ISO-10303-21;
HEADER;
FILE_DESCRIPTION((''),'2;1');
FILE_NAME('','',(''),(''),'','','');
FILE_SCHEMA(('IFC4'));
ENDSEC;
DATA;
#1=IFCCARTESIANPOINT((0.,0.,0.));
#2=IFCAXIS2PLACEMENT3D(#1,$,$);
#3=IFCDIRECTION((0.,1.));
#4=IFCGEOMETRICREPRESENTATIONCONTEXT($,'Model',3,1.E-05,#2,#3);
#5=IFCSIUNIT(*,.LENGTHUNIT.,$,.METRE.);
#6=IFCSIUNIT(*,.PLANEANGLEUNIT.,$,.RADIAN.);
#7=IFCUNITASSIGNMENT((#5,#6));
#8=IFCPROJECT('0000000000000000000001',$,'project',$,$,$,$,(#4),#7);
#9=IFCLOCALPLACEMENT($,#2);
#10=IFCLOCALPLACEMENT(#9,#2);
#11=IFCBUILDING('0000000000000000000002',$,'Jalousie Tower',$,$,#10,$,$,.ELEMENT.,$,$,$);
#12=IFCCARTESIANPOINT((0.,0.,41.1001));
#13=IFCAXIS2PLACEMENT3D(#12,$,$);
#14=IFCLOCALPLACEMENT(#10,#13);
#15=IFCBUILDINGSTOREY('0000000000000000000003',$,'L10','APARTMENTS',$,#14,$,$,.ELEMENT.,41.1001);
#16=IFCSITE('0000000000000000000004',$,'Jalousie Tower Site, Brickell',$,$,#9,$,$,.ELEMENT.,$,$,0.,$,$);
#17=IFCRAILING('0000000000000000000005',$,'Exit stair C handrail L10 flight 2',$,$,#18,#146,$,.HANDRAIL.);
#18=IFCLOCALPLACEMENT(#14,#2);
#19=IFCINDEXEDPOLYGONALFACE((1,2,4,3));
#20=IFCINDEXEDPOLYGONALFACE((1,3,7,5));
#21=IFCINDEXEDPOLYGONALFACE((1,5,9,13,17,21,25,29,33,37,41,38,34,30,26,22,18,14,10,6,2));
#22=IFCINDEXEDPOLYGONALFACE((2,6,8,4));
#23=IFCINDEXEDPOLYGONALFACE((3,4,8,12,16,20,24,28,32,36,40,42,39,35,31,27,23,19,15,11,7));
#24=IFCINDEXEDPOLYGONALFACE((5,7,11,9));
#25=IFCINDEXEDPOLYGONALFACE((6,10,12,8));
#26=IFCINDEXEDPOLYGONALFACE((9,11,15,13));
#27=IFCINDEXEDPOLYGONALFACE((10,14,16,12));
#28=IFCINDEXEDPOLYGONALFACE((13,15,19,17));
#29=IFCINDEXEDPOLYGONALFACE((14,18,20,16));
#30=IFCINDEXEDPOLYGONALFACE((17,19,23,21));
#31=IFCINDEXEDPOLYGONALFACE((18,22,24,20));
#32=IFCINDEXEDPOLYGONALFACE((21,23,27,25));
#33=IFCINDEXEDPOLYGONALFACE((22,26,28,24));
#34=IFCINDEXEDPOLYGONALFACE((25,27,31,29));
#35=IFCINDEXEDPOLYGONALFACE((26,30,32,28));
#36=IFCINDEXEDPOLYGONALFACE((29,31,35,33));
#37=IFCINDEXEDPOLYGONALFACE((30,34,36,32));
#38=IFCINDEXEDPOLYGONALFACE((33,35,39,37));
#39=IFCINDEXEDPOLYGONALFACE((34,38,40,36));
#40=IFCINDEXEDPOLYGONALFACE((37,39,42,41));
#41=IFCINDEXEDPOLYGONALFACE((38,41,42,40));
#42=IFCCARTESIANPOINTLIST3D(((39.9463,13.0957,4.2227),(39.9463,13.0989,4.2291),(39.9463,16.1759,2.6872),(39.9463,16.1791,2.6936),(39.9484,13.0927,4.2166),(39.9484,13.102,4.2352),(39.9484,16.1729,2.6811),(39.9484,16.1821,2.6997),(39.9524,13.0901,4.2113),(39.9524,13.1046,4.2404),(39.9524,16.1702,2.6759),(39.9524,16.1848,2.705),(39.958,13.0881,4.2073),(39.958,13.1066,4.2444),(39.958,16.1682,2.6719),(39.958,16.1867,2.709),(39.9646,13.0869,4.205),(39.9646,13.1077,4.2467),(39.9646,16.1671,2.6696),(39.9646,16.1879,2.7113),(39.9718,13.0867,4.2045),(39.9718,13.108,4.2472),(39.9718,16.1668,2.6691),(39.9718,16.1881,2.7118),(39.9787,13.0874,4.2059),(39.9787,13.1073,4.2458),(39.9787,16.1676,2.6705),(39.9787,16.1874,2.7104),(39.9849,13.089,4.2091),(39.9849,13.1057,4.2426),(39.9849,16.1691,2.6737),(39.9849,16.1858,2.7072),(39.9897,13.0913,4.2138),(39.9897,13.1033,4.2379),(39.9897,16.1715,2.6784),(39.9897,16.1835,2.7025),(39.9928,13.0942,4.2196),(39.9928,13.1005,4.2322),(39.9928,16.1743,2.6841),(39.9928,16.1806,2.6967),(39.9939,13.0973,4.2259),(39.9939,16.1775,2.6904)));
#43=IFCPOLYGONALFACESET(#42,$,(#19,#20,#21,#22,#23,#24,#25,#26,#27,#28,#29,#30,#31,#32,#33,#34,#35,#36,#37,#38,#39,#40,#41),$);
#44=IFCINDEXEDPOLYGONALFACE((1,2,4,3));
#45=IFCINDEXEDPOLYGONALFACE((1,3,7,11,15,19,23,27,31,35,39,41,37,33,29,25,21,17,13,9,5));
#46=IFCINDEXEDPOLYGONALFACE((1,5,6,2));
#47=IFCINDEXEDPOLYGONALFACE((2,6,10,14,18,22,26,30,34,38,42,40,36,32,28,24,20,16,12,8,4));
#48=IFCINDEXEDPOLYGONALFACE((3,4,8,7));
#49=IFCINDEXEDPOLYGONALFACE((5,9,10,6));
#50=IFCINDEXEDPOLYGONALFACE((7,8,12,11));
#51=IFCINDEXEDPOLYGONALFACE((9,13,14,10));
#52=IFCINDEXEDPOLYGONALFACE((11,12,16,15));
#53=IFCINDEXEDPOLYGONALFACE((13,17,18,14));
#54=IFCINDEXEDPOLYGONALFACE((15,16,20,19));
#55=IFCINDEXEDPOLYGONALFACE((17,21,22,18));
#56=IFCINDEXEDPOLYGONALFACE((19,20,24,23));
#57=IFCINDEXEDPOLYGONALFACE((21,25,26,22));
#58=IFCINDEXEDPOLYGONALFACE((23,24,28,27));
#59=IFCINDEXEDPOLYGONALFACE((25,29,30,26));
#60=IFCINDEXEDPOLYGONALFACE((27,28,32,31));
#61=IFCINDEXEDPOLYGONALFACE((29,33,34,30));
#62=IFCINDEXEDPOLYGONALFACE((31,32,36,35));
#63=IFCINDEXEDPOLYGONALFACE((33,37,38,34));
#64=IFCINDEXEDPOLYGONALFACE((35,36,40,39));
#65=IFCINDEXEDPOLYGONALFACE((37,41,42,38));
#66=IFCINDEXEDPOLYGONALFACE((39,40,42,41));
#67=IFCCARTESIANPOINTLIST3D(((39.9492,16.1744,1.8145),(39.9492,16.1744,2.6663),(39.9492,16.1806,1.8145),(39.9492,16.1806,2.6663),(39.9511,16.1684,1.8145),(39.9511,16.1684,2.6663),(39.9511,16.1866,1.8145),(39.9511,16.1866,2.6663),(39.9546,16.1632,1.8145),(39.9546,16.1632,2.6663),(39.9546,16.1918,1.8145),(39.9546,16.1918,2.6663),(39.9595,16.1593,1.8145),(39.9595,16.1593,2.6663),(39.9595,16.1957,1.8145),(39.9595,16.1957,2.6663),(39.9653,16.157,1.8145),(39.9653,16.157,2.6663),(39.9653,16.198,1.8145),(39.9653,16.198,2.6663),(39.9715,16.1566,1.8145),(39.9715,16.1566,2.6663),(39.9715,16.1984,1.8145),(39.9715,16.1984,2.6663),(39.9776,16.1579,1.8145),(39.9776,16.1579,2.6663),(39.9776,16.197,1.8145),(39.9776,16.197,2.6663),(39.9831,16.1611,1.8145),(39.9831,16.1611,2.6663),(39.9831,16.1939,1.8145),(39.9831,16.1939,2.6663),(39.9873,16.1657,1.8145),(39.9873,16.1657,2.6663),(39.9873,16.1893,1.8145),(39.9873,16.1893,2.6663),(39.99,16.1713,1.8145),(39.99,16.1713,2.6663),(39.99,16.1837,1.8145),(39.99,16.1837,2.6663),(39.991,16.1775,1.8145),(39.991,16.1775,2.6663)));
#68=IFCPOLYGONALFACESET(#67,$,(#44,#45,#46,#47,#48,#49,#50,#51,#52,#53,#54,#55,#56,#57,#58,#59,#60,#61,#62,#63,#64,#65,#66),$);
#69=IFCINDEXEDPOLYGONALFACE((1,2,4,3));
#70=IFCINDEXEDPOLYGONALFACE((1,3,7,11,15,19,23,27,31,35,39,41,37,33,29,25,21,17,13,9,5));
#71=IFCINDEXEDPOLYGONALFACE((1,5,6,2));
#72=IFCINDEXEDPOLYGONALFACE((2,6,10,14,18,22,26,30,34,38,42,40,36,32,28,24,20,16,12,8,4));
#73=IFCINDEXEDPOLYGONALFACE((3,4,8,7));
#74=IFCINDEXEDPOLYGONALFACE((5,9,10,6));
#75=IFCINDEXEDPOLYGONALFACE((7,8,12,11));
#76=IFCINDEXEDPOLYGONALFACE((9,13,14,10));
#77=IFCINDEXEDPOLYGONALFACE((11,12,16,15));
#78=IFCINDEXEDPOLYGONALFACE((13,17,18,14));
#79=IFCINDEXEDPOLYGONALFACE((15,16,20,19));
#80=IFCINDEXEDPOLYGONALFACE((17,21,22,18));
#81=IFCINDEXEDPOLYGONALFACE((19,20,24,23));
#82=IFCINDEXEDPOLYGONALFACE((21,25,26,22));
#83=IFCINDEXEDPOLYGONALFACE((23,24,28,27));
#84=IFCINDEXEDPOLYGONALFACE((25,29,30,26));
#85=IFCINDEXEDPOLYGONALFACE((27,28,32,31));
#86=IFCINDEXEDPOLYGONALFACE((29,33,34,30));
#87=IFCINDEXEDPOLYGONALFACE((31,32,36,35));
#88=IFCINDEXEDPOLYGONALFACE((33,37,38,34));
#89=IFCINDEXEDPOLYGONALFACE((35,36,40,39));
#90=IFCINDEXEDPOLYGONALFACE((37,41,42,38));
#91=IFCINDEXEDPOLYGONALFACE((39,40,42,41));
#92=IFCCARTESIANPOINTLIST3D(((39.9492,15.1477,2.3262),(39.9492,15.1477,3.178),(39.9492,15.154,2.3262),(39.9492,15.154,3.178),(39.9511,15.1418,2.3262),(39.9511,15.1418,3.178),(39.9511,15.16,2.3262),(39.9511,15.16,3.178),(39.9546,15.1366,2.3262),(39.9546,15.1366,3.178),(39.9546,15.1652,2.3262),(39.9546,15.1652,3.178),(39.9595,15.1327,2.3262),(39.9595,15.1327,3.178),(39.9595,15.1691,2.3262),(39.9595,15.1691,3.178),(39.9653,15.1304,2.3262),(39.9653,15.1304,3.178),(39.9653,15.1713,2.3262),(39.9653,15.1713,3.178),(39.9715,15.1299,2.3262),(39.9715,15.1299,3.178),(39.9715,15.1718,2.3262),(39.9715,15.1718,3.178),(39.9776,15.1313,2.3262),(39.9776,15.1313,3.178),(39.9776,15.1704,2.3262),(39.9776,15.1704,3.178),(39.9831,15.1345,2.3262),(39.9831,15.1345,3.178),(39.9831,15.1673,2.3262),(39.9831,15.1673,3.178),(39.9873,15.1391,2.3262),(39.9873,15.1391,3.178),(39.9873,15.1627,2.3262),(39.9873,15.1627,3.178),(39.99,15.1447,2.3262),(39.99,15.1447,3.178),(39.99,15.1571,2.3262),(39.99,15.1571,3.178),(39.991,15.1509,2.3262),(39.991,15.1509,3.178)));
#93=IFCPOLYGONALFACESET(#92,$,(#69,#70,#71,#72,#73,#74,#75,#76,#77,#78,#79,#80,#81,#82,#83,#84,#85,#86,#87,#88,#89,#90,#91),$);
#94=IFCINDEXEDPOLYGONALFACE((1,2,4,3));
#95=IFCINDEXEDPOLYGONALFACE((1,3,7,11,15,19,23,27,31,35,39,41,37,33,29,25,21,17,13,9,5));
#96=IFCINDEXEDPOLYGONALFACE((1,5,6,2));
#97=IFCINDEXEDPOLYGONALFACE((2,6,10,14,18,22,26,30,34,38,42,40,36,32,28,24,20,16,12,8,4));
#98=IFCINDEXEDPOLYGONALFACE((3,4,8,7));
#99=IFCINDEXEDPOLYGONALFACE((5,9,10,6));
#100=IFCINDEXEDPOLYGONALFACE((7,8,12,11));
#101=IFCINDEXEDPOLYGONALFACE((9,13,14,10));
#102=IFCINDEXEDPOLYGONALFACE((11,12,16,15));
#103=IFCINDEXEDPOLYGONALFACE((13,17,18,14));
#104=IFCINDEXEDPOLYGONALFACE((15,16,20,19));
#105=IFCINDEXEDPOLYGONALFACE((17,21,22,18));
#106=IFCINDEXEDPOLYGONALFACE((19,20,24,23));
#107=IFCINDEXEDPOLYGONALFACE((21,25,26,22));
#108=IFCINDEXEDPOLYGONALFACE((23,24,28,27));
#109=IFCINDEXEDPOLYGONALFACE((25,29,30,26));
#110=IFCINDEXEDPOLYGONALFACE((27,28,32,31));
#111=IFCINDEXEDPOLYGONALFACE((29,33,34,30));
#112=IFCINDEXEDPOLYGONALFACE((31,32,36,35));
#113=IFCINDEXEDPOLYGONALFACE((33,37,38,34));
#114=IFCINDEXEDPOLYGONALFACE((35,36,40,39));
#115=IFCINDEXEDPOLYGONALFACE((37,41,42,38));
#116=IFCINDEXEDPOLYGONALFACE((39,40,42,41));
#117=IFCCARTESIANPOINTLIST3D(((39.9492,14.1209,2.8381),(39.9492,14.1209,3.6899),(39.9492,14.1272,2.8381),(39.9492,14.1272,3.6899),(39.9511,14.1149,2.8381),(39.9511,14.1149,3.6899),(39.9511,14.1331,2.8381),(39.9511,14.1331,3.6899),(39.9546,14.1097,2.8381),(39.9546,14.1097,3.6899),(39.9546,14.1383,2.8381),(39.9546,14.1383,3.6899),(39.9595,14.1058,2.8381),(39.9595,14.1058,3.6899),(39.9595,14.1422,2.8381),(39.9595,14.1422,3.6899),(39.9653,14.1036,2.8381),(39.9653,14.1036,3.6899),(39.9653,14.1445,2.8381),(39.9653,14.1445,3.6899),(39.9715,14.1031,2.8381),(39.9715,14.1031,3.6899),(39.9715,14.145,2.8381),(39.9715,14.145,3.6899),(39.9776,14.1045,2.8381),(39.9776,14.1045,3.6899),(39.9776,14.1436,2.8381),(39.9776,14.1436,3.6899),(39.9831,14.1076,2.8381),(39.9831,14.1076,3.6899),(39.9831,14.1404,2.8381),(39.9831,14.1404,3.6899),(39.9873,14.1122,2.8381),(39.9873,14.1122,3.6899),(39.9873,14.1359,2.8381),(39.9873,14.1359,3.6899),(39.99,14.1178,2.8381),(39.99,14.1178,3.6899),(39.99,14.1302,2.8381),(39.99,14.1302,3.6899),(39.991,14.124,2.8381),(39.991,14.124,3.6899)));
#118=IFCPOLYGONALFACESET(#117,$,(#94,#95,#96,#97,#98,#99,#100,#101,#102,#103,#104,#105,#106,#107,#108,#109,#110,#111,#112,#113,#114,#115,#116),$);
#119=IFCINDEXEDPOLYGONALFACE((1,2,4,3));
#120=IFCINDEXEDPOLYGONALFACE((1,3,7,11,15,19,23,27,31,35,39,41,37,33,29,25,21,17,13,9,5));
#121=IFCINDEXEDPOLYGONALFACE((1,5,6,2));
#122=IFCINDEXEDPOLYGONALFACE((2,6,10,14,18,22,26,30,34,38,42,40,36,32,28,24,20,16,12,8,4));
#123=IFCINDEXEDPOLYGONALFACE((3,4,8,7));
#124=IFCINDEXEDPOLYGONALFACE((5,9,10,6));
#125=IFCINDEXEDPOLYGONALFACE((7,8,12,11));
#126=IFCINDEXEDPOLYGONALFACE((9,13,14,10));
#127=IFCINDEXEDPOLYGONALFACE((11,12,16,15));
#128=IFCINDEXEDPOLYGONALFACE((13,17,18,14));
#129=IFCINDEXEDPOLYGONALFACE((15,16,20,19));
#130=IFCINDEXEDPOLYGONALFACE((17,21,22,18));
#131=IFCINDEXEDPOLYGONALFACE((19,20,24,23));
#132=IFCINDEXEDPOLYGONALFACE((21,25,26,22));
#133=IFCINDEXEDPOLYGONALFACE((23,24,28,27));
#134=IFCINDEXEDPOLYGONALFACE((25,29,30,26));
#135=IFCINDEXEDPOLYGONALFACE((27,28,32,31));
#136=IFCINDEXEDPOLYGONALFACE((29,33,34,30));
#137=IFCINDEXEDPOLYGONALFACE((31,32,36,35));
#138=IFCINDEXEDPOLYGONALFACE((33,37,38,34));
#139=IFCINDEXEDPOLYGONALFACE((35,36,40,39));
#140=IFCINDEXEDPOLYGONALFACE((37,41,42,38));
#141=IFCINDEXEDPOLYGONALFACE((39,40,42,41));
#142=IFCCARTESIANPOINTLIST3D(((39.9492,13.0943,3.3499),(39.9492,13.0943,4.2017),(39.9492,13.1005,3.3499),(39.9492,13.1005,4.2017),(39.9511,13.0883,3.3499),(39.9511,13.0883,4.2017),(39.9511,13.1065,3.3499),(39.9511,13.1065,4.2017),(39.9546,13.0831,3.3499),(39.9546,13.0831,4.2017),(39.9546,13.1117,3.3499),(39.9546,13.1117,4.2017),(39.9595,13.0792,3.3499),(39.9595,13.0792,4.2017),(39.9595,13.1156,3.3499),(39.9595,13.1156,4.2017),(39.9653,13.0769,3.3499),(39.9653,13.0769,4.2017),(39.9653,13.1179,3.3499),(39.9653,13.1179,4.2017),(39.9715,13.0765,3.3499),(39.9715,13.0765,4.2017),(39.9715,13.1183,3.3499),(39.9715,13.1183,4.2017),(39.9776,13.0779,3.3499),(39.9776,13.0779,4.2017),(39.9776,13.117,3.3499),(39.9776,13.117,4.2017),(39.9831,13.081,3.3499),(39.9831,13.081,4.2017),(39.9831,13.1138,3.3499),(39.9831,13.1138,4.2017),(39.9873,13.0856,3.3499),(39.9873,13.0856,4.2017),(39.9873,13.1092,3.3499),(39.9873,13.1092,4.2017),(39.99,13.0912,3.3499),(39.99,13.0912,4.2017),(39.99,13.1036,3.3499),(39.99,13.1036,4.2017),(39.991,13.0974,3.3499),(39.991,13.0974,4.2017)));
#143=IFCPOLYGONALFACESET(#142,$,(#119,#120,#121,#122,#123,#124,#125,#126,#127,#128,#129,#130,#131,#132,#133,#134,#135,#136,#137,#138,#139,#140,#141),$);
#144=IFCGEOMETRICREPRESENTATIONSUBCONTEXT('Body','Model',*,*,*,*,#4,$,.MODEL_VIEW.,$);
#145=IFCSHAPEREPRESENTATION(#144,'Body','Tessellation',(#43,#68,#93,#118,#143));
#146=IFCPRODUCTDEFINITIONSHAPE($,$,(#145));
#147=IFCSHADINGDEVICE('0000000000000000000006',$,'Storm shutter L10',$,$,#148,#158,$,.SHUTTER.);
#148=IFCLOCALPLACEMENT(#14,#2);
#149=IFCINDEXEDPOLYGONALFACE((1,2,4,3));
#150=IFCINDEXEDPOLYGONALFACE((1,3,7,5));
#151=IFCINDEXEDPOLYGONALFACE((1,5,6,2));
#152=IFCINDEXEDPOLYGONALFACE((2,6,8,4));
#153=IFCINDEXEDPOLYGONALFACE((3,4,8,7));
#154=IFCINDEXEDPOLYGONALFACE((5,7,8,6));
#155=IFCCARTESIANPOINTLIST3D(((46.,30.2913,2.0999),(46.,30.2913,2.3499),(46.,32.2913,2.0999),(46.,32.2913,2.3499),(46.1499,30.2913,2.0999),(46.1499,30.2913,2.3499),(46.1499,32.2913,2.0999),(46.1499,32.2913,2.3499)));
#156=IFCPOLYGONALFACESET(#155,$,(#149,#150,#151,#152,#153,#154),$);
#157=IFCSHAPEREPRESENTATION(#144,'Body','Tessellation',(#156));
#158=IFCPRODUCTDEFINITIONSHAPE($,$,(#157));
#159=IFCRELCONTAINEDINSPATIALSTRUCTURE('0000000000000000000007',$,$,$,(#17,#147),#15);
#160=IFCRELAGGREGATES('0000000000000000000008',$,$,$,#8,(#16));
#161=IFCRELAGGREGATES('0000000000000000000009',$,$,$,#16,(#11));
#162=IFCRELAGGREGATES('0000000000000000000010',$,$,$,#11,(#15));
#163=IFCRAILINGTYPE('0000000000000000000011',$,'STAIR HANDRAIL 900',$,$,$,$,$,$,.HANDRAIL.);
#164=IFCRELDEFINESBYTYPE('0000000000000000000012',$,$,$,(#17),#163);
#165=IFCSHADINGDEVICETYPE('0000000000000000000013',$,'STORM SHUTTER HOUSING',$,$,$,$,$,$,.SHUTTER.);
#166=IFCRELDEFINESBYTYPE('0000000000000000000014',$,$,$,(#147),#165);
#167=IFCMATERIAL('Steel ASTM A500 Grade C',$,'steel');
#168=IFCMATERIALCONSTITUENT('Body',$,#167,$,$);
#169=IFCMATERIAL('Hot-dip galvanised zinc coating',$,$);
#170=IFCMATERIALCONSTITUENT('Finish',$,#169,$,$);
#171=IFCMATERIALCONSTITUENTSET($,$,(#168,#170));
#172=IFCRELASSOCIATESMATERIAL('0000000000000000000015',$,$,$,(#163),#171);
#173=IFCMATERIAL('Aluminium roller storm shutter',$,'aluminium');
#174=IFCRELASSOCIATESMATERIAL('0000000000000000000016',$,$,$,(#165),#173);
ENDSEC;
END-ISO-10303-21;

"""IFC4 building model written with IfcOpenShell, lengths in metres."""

from ifc_helpers import new_model, si_unit, direction, frame, origin, origin_2d, place, context, subcontext, project, spatial, rectangle, circle, extrude, material, constituent, constituent_set, type_object, element, save


model = new_model("IFC4")

# Units and contexts
model_context = context("Model", 3, precision=1e-05, world=origin(), true_north=direction((0.0, 1.0)))
body_context = subcontext(model_context, "Body", "Model", "MODEL_VIEW")
ifc_project = project(units=[si_unit("LENGTHUNIT", "METRE"), si_unit("PLANEANGLEUNIT", "RADIAN")], contexts=[model_context])

# Site, building, storey
site_placement = place(None, origin())
site = spatial("IfcSite", under=ifc_project, at=site_placement, Name="Jalousie Tower Site, Brickell", CompositionType="ELEMENT", RefElevation=0.0)
building_placement = place(site_placement, origin())
building = spatial("IfcBuilding", under=site, at=building_placement, Name="Jalousie Tower", CompositionType="ELEMENT")
storey_placement = place(building_placement, frame((0.0, 0.0, 41.1001)))
storey = spatial("IfcBuildingStorey", under=building, at=storey_placement, Name="L10", Description="APARTMENTS", CompositionType="ELEMENT", Elevation=41.1001)

# Railing
ifc_material_1 = material(Name="Steel ASTM A500 Grade C", Category="steel")
ifc_constituent_1 = constituent(ifc_material_1, Name="Body")
ifc_material_2 = material(Name="Hot-dip galvanised zinc coating")
ifc_constituent_2 = constituent(ifc_material_2, Name="Finish")
ifc_constituent_set_1 = constituent_set(constituents=[ifc_constituent_1, ifc_constituent_2])
railing_type_1 = type_object("IfcRailingType", Name="STAIR HANDRAIL 900", PredefinedType="HANDRAIL", material=ifc_constituent_set_1)
railing_1_placement = place(storey_placement, frame((39.97, 16.1775, 1.8145)))
element("IfcRailing", 1, at=railing_1_placement, inside=storey, type_object=railing_type_1, Name="Exit stair C handrail L10 flight 2", PredefinedType="HANDRAIL", context=body_context, shape_type="SweptSolid", body=[
    extrude(circle(Radius=0.0239, at=origin_2d()), frame((0.0, 0.0, 0.876), z_axis=(0.0, -0.894966, 0.446135), x_axis=(1.0, 0.0, 0.0)), (0.0, 0.0, 1.0), 3.4417),
    extrude(circle(Radius=0.021, at=origin_2d()), origin(), (0.0, 0.0, 1.0), 0.8518),
    extrude(circle(Radius=0.021, at=origin_2d()), frame((0.0, -1.0266, 0.5117)), (0.0, 0.0, 1.0), 0.8518),
    extrude(circle(Radius=0.021, at=origin_2d()), frame((0.0, -2.0535, 1.0237)), (0.0, 0.0, 1.0), 0.8518),
    extrude(circle(Radius=0.021, at=origin_2d()), frame((0.0, -3.0801, 1.5354)), (0.0, 0.0, 1.0), 0.8518),
])

# Shading device
ifc_material_3 = material(Name="Aluminium roller storm shutter", Category="aluminium")
shading_device_type = type_object("IfcShadingDeviceType", Name="STORM SHUTTER HOUSING", PredefinedType="SHUTTER", material=ifc_material_3)
shading_device_placement = place(storey_placement, frame((46.075, 31.2913, 2.0999), z_axis=(0.0, 0.0, 1.0), x_axis=(0.0, 1.0, 0.0)))
element("IfcShadingDevice", 2, at=shading_device_placement, inside=storey, type_object=shading_device_type, Name="Storm shutter L10", PredefinedType="SHUTTER", context=body_context, shape_type="SweptSolid", body=[
    extrude(rectangle(XDim=2.0, YDim=0.1499, at=origin_2d()), origin(), (0.0, 0.0, 1.0), 0.25),
])

save(model, "model.ifc")
